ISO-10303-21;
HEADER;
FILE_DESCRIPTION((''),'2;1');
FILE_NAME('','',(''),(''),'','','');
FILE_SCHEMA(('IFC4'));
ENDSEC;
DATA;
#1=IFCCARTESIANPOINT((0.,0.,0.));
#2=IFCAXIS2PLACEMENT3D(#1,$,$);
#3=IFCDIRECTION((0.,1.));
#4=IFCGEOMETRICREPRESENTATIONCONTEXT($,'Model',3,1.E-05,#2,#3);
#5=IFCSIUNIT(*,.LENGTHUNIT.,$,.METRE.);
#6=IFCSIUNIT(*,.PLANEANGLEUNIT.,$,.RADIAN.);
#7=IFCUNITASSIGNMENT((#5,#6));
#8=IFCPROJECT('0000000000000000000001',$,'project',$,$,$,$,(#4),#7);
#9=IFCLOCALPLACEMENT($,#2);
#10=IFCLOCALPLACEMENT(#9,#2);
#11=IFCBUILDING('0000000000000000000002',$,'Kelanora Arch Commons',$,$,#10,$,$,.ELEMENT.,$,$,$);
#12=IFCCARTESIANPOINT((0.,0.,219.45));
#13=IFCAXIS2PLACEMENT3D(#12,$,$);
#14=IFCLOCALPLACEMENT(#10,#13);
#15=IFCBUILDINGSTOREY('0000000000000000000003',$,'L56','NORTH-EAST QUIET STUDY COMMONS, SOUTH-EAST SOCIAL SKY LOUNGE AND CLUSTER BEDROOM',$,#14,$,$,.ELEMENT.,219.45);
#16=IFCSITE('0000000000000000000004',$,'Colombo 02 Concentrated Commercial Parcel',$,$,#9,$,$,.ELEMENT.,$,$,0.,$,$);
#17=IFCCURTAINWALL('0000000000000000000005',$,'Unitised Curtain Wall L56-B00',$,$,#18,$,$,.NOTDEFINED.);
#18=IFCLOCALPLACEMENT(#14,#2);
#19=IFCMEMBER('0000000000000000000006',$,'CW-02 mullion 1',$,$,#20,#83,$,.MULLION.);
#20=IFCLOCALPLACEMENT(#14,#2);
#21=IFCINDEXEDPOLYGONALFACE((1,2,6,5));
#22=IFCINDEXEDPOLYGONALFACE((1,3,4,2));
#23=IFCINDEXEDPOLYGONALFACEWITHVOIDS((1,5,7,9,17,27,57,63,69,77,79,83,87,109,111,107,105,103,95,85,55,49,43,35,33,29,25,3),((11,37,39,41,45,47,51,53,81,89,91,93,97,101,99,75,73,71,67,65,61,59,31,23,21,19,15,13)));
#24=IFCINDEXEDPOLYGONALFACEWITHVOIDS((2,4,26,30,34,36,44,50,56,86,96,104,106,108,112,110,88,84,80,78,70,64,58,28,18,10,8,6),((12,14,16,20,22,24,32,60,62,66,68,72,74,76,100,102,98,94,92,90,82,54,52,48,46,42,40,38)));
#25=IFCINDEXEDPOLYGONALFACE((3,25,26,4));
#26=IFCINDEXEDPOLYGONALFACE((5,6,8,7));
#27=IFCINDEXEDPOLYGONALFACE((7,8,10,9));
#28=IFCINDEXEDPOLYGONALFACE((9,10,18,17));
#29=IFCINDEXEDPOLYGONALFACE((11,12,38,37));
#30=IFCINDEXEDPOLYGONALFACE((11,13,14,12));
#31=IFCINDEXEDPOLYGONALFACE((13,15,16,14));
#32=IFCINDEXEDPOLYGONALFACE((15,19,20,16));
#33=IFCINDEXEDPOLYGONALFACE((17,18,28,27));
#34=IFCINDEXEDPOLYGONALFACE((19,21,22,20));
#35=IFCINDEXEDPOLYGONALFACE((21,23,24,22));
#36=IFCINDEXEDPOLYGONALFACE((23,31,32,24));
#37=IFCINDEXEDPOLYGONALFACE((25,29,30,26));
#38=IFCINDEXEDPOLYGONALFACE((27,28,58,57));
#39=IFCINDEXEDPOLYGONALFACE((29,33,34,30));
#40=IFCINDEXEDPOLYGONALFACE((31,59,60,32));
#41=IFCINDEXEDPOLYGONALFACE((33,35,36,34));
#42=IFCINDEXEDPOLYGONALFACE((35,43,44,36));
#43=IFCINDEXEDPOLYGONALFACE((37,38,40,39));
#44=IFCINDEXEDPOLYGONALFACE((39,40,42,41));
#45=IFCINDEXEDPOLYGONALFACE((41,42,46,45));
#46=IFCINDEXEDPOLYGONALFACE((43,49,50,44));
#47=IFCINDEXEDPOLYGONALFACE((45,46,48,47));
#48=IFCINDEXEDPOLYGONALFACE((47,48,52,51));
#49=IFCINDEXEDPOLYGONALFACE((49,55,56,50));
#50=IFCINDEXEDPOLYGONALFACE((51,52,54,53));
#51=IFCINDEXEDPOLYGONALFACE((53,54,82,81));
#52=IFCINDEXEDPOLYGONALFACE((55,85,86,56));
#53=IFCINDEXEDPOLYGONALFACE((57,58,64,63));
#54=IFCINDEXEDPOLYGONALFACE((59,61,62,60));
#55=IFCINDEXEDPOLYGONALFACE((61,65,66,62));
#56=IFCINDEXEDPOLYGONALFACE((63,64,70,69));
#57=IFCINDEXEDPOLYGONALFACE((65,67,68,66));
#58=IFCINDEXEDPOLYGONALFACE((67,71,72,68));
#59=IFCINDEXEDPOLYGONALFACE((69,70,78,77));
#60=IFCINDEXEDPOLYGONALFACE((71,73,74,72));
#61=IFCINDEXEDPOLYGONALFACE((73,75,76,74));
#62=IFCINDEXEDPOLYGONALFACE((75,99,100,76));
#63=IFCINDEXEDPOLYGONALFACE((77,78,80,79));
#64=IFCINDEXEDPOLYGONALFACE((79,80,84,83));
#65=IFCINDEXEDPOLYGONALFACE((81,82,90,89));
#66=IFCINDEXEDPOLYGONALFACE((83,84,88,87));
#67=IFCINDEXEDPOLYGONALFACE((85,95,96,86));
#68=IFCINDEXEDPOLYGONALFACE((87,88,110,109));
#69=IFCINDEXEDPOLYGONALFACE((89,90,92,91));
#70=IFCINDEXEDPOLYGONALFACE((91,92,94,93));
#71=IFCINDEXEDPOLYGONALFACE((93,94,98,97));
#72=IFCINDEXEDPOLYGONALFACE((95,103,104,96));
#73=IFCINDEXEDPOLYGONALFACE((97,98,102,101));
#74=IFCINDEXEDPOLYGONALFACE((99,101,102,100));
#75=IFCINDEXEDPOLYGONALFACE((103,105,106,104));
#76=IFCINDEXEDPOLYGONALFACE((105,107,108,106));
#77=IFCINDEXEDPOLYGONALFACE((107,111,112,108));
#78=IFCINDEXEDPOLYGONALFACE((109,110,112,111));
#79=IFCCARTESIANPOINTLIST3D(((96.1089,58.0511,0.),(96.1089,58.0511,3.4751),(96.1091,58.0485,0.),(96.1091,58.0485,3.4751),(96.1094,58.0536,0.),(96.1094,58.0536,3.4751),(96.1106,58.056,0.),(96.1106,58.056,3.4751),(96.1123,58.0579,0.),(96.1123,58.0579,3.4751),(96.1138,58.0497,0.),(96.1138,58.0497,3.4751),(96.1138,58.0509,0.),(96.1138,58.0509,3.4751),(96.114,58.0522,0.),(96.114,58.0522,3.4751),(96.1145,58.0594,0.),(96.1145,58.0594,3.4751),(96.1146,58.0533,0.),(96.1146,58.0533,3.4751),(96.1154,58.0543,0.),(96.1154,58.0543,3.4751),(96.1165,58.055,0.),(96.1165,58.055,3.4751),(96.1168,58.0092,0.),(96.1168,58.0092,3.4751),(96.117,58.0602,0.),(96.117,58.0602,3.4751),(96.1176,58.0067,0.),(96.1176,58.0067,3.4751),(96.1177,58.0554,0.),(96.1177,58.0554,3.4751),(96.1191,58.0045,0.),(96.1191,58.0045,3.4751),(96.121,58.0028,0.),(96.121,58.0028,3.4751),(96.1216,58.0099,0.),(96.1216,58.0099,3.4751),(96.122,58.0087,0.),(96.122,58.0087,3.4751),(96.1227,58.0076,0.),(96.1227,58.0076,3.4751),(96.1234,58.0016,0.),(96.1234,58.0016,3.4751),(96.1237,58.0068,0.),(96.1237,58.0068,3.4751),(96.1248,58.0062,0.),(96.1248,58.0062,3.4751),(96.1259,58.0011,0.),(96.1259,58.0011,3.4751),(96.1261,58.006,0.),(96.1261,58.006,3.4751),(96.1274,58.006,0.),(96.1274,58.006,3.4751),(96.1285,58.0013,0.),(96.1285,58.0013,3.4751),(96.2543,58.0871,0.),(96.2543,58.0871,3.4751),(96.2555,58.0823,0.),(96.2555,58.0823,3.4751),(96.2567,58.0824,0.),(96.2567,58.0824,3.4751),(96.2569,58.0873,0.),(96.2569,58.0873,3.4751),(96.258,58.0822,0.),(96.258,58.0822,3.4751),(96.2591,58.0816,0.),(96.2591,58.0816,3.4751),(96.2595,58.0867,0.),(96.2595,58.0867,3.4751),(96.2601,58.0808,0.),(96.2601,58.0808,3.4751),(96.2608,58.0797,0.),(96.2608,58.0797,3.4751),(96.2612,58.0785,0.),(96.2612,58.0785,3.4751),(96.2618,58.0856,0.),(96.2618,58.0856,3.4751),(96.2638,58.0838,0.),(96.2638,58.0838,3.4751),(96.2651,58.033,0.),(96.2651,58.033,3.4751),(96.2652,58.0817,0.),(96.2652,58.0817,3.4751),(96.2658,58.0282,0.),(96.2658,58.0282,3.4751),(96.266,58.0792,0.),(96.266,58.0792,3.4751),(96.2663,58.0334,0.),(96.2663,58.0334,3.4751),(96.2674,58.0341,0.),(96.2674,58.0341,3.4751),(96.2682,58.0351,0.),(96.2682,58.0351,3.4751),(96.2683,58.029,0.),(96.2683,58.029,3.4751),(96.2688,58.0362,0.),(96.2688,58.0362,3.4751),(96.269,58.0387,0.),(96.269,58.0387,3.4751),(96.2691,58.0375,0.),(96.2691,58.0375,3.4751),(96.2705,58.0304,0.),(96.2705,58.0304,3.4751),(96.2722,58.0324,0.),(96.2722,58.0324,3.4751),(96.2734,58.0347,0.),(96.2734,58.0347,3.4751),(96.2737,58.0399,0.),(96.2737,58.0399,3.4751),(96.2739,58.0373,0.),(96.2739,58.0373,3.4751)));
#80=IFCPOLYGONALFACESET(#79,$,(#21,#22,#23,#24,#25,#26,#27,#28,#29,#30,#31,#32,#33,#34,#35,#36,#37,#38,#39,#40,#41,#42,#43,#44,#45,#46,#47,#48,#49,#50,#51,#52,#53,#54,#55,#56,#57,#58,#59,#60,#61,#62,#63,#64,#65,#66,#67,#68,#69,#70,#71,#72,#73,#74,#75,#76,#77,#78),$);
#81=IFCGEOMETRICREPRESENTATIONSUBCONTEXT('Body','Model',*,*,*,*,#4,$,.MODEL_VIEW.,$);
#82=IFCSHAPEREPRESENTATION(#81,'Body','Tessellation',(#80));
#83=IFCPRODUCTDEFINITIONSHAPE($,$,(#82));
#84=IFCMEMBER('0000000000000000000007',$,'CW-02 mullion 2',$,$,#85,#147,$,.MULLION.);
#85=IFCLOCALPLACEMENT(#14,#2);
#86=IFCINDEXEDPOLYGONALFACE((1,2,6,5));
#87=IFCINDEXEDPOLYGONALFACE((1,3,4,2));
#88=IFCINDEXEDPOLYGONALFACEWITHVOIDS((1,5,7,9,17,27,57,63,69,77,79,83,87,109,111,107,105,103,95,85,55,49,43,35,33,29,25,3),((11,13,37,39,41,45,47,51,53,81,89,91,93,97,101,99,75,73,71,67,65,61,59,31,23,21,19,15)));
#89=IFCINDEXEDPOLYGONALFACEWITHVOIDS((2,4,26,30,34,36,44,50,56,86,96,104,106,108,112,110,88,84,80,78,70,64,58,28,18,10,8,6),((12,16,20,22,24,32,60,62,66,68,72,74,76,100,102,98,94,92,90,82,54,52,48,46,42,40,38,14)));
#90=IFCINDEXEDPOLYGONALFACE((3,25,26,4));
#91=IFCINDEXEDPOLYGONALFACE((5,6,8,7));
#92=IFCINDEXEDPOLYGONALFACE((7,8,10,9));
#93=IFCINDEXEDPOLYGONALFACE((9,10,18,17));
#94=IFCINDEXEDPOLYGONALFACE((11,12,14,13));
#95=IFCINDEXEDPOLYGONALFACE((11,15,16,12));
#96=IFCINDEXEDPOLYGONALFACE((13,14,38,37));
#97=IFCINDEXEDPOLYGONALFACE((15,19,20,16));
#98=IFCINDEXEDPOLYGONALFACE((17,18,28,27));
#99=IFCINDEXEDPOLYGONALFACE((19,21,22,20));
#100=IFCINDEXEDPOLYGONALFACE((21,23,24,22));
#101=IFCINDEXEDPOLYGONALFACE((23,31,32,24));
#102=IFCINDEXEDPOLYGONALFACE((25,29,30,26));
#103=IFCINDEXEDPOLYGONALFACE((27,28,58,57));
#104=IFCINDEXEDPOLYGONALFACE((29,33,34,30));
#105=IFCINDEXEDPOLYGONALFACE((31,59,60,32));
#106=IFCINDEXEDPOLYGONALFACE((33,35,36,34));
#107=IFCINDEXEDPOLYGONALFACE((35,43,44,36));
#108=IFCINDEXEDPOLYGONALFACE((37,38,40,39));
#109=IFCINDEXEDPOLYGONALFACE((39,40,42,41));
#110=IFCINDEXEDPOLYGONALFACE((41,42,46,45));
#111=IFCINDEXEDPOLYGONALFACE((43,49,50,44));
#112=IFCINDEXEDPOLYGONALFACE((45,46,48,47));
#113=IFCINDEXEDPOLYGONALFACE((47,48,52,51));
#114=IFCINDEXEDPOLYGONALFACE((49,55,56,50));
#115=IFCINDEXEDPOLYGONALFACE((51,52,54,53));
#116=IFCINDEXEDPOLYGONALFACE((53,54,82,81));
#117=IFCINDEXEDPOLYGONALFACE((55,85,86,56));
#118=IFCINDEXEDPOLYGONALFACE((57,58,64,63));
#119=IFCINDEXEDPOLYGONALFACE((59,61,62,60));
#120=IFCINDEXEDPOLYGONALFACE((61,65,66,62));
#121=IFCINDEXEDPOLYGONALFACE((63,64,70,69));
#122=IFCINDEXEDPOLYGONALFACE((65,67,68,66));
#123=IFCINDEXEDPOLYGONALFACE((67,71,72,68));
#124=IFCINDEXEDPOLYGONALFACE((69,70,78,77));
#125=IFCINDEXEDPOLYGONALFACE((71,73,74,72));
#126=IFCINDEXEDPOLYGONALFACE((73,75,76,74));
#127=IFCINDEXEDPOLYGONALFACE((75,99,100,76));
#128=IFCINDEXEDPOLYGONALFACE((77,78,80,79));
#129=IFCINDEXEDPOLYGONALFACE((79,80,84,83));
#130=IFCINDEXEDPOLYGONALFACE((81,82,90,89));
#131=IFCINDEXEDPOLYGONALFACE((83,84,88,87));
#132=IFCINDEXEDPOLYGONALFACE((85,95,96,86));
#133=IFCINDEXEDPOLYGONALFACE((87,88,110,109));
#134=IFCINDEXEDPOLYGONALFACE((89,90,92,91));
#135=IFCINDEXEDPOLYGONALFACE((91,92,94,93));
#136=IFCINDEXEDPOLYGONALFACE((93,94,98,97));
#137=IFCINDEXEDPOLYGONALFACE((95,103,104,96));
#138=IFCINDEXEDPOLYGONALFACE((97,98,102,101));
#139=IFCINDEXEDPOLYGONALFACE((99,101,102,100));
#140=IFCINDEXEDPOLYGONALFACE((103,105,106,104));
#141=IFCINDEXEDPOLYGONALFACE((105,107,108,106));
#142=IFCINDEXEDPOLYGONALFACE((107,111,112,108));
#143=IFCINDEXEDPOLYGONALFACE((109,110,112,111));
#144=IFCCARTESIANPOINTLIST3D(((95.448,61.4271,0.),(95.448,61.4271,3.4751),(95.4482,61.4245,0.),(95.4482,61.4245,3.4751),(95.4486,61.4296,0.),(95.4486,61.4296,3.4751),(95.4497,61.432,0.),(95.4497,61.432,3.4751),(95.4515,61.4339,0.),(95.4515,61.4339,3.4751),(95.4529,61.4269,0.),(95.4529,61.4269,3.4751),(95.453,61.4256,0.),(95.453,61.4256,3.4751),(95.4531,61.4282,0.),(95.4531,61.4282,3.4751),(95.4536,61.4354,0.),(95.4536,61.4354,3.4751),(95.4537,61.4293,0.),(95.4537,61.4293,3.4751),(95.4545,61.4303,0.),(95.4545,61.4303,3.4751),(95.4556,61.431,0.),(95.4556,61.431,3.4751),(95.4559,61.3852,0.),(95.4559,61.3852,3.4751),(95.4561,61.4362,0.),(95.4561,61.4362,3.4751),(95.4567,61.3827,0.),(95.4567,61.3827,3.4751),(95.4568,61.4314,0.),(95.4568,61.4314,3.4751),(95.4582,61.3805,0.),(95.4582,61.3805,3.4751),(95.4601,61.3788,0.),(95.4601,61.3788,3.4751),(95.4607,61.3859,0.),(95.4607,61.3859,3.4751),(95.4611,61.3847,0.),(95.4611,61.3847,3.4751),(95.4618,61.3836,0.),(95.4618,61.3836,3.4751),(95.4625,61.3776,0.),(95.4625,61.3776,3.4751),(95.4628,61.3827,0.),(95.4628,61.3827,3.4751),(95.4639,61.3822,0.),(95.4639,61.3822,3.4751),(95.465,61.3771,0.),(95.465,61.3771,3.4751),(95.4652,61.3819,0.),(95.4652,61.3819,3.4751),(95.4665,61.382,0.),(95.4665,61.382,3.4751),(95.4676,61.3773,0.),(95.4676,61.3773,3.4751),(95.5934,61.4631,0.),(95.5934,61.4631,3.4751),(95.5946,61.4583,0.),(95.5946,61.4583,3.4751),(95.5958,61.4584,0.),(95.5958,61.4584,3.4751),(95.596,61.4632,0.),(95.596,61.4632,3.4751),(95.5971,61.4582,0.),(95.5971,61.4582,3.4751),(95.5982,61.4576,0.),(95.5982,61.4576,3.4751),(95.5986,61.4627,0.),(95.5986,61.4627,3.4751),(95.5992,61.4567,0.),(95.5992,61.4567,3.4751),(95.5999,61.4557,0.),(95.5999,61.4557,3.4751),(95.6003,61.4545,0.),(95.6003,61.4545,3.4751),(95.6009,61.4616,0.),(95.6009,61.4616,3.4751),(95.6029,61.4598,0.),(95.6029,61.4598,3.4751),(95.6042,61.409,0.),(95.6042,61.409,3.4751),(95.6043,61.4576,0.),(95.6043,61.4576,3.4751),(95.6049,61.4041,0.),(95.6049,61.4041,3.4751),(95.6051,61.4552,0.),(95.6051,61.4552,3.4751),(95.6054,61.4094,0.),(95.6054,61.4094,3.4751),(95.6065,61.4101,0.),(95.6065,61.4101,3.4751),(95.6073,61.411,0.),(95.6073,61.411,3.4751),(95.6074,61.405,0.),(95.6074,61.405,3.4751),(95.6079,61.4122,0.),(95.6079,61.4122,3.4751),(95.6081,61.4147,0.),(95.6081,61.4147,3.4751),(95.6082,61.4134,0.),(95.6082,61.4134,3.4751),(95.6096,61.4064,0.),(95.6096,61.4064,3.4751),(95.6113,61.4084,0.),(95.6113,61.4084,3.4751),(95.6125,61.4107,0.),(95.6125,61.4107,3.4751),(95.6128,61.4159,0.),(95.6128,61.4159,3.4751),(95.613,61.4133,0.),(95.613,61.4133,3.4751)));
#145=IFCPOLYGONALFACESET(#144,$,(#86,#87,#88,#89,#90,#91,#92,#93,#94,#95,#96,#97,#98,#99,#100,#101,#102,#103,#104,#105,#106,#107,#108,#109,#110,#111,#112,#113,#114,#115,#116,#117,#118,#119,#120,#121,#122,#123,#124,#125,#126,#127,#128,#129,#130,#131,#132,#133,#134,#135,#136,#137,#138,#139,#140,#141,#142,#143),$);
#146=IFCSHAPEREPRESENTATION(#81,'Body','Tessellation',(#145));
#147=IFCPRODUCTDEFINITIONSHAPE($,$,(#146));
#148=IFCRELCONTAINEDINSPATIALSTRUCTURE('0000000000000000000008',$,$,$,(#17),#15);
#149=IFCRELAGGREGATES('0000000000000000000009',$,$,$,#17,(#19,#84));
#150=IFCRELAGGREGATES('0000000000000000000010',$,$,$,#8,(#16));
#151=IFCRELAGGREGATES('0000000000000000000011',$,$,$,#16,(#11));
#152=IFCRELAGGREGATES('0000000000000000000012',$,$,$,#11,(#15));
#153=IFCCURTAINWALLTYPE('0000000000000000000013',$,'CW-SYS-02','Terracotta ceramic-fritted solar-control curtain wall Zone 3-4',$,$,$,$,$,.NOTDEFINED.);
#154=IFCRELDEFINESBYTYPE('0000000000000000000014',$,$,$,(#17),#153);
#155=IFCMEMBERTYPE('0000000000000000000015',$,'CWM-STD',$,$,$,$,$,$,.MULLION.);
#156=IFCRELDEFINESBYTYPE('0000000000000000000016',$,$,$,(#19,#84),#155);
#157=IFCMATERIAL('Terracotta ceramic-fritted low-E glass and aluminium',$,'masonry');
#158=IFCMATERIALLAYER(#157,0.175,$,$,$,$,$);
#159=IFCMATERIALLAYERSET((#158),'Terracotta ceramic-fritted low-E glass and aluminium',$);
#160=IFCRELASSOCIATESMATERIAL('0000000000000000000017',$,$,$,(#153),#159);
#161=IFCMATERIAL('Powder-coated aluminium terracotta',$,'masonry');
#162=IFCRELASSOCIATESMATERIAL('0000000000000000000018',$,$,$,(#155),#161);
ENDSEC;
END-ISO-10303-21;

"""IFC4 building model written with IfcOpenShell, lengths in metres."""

from ifc_helpers import new_model, si_unit, direction, frame, origin, origin_2d, place, context, subcontext, project, spatial, hollow_rectangle, extrude, material, layer, layer_set, material_profile, profile_set, type_object, element, aggregate, save


model = new_model("IFC4")

# Units and contexts
model_context = context("Model", 3, precision=1e-05, world=origin(), true_north=direction((0.0, 1.0)))
body_context = subcontext(model_context, "Body", "Model", "MODEL_VIEW")
ifc_project = project(units=[si_unit("LENGTHUNIT", "METRE"), si_unit("PLANEANGLEUNIT", "RADIAN")], contexts=[model_context])

# Site, building, storey
site_placement = place(None, origin())
site = spatial("IfcSite", under=ifc_project, at=site_placement, Name="Colombo 02 Concentrated Commercial Parcel", CompositionType="ELEMENT", RefElevation=0.0)
building_placement = place(site_placement, origin())
building = spatial("IfcBuilding", under=site, at=building_placement, Name="Kelanora Arch Commons", CompositionType="ELEMENT")
storey_placement = place(building_placement, frame((0.0, 0.0, 219.45)))
storey = spatial("IfcBuildingStorey", under=building, at=storey_placement, Name="L56", Description="NORTH-EAST QUIET STUDY COMMONS, SOUTH-EAST SOCIAL SKY LOUNGE AND CLUSTER BEDROOM", CompositionType="ELEMENT", Elevation=219.45)

# Curtain wall, members
ifc_material_1 = material(Name="Terracotta ceramic-fritted low-E glass and aluminium", Category="masonry")
ifc_layer_1 = layer(ifc_material_1, 0.175)
ifc_layer_set_1 = layer_set([ifc_layer_1], Name="Terracotta ceramic-fritted low-E glass and aluminium")
curtain_wall_type = type_object("IfcCurtainWallType", Name="CW-SYS-02", Description="Terracotta ceramic-fritted solar-control curtain wall Zone 3-4", PredefinedType="NOTDEFINED", material=ifc_layer_set_1)
curtain_wall_placement = place(storey_placement, origin())
curtain_wall = element("IfcCurtainWall", 1, at=curtain_wall_placement, inside=storey, type_object=curtain_wall_type, Name="Unitised Curtain Wall L56-B00", PredefinedType="NOTDEFINED")
ifc_material_2 = material(Name="Powder-coated aluminium terracotta", Category="masonry")
ifc_material_profile_1 = material_profile(ifc_material_2, hollow_rectangle(XDim=0.1599, YDim=0.0601, WallThickness=0.0049, InnerFilletRadius=0.0049, OuterFilletRadius=0.01, at=origin_2d()), Name="CWM160x60")
ifc_profile_set_1 = profile_set([ifc_material_profile_1], Name="Powder-coated aluminium terracotta")
member_type_1 = type_object("IfcMemberType", Name="CWM-STD", PredefinedType="MULLION", material=ifc_profile_set_1)
member_1_placement = place(storey_placement, frame((96.1914, 58.0442, 0.0), z_axis=(0.0, 0.0, 1.0), x_axis=(-0.981381, -0.192069, 0.0)))
member_1 = element("IfcMember", 2, at=member_1_placement, type_object=member_type_1, Name="CW-02 mullion 1", PredefinedType="MULLION", context=body_context, shape_type="SweptSolid", body=[
    extrude(hollow_rectangle(XDim=0.1599, YDim=0.0601, WallThickness=0.0049, InnerFilletRadius=0.0049, OuterFilletRadius=0.01, at=origin_2d()), origin(), (0.0, 0.0, 1.0), 3.4751),
])
member_2_placement = place(storey_placement, frame((95.5305, 61.4202, 0.0), z_axis=(0.0, 0.0, 1.0), x_axis=(-0.981381, -0.192069, 0.0)))
member_2 = element("IfcMember", 3, at=member_2_placement, type_object=member_type_1, Name="CW-02 mullion 2", PredefinedType="MULLION", context=body_context, shape_type="SweptSolid", body=[
    extrude(hollow_rectangle(XDim=0.1599, YDim=0.0601, WallThickness=0.0049, InnerFilletRadius=0.0049, OuterFilletRadius=0.01, at=origin_2d()), origin(), (0.0, 0.0, 1.0), 3.4751),
])
aggregate(curtain_wall, [member_1, member_2])

save(model, "model.ifc")
